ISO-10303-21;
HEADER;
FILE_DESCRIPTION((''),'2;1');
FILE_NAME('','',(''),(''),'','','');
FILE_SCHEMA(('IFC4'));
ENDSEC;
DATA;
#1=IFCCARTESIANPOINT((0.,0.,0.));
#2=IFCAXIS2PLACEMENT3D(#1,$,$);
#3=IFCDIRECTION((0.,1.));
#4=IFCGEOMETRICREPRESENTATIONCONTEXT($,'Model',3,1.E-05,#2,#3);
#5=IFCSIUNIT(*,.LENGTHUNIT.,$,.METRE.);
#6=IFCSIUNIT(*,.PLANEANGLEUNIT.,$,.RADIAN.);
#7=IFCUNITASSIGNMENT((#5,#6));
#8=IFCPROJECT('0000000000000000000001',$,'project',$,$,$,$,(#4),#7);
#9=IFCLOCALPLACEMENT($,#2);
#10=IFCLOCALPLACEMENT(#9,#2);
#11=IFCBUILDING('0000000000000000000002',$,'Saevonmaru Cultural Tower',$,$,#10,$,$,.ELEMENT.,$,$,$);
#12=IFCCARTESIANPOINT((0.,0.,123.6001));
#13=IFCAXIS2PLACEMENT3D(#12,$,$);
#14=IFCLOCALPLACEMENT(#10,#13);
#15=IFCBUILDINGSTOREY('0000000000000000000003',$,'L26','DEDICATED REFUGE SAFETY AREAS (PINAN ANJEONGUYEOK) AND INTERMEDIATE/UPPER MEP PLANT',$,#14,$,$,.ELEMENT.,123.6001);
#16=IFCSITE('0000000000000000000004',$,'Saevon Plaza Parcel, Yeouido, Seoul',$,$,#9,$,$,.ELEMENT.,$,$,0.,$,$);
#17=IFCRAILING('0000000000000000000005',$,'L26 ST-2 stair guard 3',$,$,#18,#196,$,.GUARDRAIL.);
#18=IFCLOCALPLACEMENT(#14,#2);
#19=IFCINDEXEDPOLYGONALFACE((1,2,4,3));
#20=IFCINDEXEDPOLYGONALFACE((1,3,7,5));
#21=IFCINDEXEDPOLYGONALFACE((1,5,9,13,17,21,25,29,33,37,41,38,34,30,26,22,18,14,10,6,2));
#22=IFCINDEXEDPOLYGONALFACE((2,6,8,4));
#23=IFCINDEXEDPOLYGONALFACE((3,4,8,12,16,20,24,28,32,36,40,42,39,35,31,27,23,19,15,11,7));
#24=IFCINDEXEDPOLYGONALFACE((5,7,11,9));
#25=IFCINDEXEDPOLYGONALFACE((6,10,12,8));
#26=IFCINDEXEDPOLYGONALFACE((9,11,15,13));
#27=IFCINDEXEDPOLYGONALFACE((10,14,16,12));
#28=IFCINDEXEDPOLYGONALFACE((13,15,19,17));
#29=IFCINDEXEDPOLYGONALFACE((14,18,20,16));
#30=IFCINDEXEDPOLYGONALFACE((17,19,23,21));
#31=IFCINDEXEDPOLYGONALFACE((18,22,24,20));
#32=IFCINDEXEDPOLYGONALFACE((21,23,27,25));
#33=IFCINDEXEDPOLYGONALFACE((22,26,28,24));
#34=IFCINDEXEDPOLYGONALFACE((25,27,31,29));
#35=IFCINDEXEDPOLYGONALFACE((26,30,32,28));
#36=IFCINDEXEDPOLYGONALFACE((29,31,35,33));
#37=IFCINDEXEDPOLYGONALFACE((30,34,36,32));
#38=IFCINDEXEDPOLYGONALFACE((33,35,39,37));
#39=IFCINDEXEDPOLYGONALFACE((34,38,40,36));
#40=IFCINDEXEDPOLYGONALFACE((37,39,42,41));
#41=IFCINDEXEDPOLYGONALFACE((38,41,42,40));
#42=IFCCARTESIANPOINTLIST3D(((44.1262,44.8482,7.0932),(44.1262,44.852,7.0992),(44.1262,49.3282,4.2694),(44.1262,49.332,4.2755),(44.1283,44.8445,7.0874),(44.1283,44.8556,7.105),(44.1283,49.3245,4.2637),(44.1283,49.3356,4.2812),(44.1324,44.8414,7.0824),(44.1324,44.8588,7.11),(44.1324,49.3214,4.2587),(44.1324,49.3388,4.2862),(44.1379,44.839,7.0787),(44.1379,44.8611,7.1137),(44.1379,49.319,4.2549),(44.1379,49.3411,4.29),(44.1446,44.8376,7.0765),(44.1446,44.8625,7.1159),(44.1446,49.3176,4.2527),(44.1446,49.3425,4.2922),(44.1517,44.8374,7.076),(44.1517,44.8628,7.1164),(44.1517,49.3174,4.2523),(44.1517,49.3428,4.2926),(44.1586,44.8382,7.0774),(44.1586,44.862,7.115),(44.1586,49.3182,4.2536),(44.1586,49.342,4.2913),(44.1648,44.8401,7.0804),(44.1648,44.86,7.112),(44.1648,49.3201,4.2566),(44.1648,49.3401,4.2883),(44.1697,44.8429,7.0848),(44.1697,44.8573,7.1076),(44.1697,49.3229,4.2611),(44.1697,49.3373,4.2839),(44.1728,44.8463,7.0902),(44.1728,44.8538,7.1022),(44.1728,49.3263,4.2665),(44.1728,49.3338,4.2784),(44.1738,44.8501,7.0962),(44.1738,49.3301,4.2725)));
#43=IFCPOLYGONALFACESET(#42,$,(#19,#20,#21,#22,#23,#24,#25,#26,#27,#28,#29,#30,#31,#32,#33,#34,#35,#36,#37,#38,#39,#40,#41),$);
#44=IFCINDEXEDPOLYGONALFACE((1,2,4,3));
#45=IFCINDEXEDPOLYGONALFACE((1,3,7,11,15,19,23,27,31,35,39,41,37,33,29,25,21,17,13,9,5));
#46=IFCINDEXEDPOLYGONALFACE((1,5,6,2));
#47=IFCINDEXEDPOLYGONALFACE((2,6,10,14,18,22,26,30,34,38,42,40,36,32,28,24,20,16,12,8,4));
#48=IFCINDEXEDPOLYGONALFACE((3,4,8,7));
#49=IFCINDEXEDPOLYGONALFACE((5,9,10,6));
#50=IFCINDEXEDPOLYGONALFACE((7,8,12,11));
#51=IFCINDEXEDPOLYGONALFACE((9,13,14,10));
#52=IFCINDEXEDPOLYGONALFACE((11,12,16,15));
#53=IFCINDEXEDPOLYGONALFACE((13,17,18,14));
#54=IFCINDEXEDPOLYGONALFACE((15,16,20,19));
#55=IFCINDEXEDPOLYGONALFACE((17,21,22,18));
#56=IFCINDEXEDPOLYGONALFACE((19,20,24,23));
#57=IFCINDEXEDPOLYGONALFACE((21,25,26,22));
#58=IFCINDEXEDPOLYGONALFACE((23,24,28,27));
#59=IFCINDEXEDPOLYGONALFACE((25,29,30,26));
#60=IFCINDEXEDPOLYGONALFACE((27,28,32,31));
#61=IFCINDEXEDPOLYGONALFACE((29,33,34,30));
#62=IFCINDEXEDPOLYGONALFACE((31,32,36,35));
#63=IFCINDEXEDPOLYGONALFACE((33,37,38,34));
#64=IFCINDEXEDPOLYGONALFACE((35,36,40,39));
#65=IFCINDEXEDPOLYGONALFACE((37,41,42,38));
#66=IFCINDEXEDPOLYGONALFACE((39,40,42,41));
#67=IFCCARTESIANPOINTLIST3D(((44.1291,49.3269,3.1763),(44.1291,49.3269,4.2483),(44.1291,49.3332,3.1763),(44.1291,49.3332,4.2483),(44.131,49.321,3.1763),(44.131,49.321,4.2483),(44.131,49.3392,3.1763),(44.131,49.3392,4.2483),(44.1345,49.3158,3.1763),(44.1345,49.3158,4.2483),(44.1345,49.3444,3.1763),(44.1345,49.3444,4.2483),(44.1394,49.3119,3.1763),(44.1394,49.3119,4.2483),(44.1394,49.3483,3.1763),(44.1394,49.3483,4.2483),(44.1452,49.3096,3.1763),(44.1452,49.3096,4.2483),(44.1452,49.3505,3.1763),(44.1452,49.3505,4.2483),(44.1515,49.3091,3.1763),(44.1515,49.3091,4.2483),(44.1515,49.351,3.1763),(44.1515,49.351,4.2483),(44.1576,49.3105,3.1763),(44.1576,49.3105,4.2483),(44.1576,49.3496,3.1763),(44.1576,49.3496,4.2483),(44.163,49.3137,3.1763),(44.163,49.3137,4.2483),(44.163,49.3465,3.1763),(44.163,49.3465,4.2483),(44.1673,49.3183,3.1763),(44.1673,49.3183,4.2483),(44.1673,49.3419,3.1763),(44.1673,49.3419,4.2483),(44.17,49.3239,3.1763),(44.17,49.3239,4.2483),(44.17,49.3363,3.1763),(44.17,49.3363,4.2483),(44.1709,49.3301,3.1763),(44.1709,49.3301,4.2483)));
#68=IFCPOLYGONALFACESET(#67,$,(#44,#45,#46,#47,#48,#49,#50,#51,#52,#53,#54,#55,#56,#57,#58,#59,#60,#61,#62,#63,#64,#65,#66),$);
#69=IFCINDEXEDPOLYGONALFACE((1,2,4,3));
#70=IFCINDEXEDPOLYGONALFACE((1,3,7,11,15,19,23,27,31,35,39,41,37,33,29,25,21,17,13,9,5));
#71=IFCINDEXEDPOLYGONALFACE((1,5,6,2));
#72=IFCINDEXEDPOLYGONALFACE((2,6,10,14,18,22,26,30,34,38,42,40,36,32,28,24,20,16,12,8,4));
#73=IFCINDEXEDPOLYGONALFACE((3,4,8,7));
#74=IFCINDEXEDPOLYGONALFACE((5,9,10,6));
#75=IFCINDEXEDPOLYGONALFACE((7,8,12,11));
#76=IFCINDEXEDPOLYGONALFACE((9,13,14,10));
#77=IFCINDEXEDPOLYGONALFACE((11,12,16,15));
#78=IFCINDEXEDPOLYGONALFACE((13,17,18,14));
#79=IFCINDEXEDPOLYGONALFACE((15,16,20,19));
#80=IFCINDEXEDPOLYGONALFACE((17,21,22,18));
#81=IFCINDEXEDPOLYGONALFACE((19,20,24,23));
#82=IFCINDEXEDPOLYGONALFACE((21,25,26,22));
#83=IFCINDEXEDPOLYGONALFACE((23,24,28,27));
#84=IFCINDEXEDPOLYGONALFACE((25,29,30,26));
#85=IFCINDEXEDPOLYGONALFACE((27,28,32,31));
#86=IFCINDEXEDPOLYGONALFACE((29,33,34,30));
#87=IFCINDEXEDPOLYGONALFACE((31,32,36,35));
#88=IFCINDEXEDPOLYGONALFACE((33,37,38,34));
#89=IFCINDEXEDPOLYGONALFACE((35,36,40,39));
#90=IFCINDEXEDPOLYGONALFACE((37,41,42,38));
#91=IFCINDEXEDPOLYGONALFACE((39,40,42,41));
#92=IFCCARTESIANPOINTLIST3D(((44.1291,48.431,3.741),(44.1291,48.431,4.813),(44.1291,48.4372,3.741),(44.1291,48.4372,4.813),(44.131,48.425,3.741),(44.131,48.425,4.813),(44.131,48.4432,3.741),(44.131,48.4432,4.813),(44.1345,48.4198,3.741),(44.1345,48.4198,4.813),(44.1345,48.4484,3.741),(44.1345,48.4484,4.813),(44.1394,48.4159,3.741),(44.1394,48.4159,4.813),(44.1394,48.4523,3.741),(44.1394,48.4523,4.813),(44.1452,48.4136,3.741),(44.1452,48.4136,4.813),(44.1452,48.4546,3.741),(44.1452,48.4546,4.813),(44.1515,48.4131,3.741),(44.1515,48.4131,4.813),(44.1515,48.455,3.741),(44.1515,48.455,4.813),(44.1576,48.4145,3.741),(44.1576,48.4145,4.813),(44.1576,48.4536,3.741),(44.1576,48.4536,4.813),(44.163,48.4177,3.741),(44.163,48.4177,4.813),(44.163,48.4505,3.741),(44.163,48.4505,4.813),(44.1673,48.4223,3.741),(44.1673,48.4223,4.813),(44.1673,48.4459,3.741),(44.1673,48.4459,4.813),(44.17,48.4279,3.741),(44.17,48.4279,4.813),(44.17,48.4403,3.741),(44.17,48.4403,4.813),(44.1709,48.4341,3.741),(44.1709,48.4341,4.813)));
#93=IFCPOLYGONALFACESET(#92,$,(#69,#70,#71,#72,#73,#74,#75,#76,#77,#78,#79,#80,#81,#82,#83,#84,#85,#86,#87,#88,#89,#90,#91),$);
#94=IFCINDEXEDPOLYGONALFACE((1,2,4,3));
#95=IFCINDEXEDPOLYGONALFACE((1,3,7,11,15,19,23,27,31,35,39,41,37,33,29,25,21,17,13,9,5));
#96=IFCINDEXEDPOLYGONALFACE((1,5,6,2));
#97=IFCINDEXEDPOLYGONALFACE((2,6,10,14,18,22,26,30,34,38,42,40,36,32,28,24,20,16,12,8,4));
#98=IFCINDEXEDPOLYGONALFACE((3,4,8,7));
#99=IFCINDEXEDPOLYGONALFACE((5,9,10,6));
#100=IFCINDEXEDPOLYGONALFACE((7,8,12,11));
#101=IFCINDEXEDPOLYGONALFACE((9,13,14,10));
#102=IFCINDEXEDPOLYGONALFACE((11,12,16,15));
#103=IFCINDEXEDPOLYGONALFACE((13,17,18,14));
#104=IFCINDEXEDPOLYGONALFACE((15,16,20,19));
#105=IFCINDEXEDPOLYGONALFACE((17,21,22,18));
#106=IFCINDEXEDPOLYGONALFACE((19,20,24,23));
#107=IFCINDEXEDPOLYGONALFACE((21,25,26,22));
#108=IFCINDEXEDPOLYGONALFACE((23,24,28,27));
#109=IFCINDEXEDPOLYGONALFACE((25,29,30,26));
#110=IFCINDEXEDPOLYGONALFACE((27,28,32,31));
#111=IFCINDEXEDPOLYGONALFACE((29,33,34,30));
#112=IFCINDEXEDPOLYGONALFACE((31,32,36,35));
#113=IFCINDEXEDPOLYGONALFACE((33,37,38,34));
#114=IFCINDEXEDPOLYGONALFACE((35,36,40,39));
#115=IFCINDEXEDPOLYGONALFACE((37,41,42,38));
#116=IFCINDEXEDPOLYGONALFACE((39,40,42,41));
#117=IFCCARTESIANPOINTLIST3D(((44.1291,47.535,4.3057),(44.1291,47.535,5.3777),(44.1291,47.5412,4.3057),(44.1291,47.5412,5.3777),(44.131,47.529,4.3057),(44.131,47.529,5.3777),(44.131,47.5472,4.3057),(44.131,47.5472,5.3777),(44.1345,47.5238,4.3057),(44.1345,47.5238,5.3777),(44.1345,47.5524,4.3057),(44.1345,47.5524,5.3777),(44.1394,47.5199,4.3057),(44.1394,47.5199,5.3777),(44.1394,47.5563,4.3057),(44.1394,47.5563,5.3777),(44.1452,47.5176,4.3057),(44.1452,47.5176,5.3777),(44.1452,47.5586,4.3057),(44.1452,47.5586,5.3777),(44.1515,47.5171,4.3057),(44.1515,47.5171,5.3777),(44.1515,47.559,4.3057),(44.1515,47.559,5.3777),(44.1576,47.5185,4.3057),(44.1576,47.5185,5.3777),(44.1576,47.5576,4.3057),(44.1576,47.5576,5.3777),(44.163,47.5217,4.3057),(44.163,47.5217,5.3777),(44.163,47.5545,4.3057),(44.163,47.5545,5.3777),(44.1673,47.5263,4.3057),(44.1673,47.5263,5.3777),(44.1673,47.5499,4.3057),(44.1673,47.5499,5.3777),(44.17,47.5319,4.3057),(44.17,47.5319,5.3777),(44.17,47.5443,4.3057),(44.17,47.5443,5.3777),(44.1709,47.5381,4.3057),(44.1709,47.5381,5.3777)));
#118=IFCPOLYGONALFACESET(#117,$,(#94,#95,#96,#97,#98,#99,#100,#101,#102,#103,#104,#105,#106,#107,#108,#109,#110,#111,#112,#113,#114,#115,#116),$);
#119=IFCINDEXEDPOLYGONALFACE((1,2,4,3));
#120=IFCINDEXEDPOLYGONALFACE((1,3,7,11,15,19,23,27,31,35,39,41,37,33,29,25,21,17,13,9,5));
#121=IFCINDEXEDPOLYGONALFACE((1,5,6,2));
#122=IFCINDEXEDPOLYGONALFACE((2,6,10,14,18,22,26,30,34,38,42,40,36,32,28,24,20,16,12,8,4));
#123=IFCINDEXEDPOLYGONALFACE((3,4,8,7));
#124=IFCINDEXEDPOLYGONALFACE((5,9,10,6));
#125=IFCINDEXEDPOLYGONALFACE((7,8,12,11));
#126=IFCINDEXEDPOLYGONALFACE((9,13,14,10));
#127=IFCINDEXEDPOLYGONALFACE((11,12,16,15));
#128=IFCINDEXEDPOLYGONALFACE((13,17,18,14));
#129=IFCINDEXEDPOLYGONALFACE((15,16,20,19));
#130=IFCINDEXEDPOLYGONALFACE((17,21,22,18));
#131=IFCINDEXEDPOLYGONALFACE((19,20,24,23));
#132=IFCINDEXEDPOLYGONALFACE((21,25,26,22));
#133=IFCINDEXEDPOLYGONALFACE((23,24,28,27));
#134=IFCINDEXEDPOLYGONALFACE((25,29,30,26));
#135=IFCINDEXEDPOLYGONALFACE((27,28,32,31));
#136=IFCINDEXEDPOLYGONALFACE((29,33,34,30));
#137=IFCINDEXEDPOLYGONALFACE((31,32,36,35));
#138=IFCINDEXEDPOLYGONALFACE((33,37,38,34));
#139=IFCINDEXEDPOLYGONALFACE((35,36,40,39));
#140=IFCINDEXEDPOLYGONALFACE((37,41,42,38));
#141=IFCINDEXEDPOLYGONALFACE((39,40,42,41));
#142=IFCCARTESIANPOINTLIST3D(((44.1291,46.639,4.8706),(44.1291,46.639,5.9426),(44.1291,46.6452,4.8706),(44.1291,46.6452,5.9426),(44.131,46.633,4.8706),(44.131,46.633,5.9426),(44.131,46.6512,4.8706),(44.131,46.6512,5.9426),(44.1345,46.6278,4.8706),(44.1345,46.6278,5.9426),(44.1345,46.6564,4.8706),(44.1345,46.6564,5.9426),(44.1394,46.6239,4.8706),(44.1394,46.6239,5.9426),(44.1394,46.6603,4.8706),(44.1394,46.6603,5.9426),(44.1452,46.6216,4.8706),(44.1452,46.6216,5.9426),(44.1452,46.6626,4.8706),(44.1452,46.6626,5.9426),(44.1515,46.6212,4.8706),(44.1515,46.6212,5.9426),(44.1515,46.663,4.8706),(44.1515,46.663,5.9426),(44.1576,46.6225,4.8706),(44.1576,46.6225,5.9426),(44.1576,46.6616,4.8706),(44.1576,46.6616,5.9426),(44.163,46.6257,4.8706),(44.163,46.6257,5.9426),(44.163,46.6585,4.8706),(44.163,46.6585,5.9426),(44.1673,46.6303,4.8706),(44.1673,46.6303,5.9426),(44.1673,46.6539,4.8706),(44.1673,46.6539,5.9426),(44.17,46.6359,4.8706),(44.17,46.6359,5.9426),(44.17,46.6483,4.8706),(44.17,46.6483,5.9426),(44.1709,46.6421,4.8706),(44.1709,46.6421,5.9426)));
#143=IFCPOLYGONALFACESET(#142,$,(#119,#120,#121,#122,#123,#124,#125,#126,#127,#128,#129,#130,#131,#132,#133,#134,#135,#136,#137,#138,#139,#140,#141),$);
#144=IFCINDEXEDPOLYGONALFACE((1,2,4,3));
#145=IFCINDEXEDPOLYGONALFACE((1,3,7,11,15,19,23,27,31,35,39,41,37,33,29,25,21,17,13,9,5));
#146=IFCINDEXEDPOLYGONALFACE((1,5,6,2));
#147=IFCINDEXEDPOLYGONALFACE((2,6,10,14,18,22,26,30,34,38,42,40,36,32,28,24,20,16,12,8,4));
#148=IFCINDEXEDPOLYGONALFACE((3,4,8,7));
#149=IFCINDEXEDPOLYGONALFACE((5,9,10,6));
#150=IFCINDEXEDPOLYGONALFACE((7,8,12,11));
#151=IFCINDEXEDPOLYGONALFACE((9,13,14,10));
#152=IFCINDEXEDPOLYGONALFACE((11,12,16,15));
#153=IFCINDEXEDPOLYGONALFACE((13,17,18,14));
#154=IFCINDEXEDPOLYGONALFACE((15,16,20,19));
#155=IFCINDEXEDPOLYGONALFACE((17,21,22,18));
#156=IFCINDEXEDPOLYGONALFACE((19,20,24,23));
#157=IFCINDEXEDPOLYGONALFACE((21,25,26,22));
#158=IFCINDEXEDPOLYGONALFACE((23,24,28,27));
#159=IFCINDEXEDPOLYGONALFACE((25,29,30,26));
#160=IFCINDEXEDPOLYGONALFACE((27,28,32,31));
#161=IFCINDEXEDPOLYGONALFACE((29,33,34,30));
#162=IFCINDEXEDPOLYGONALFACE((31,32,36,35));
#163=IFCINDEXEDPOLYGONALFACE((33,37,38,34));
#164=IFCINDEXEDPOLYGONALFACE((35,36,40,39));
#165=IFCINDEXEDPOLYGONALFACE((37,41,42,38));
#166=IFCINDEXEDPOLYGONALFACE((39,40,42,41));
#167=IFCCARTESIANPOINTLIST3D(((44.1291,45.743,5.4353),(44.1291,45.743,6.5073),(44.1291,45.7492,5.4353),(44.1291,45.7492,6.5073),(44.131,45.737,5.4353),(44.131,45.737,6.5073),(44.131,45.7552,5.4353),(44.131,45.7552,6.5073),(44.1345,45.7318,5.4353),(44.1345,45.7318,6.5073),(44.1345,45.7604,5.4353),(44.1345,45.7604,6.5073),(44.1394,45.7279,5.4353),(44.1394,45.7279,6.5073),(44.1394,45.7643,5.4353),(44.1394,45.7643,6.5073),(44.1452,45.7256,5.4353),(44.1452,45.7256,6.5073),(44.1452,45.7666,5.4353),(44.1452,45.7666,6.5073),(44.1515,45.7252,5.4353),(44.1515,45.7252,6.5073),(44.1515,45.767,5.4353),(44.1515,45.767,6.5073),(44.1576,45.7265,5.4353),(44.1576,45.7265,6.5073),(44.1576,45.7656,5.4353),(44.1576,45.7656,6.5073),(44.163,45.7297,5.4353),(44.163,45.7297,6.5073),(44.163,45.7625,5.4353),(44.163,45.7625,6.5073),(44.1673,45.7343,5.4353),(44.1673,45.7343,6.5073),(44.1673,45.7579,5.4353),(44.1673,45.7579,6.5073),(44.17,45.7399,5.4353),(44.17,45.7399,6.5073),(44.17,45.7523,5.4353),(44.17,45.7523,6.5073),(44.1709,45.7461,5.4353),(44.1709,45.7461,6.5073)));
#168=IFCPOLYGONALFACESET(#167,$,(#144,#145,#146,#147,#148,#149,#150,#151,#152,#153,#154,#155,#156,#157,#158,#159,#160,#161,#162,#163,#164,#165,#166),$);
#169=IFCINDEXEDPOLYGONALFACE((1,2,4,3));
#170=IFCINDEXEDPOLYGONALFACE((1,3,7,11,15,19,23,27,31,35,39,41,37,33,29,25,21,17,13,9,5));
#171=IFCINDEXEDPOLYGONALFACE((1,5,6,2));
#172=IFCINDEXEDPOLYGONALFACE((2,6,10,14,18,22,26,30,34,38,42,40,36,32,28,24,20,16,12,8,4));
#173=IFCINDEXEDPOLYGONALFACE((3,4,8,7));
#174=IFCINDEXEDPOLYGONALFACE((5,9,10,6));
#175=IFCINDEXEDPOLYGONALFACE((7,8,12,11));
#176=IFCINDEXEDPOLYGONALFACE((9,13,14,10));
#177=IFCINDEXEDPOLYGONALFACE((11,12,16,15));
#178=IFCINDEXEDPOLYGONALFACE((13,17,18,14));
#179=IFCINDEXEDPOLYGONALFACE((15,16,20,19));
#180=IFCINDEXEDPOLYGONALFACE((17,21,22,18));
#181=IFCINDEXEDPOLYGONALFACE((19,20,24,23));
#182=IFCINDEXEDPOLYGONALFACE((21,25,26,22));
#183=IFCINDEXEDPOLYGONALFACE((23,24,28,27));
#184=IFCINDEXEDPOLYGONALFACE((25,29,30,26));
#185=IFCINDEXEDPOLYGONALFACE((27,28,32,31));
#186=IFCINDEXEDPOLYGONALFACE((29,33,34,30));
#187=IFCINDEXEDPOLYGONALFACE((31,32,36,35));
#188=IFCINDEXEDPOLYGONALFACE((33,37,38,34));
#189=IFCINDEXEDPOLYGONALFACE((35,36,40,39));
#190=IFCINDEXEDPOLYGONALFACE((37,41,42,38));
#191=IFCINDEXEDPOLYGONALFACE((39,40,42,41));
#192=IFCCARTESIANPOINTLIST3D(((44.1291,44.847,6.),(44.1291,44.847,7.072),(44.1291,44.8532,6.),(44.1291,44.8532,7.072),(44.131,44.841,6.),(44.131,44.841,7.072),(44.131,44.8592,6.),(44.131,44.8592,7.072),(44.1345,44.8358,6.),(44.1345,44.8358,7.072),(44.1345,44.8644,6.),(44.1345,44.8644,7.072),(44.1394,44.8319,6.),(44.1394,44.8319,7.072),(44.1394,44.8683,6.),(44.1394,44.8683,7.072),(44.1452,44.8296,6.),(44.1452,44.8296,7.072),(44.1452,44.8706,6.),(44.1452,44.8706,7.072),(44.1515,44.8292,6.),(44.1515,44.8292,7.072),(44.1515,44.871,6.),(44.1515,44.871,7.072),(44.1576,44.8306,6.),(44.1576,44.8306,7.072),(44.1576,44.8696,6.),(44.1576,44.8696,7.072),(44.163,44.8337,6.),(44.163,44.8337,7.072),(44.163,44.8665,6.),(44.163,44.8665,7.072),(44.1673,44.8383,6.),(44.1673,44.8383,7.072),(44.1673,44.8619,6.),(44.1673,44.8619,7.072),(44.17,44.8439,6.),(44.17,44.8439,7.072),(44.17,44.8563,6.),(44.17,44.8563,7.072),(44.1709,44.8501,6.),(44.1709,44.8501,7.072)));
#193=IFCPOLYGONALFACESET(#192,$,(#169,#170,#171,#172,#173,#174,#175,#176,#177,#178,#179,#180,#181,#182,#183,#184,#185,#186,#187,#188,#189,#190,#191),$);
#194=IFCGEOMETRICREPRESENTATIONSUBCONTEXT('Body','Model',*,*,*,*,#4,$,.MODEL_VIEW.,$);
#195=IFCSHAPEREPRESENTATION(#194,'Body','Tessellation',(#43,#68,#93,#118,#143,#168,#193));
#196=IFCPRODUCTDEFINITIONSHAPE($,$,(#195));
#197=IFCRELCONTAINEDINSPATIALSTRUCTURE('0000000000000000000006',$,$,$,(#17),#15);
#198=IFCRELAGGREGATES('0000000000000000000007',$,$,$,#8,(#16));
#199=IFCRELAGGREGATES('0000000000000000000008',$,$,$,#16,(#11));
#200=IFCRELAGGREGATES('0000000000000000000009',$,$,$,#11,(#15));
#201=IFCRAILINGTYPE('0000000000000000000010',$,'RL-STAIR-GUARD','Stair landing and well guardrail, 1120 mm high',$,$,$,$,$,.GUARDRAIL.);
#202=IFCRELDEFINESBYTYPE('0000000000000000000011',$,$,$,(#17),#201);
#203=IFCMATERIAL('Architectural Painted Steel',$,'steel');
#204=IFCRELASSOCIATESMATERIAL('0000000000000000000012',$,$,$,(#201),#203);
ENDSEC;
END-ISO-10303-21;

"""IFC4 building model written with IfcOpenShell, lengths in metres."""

from ifc_helpers import new_model, si_unit, direction, frame, origin, origin_2d, place, context, subcontext, project, spatial, circle, extrude, material, type_object, element, save


model = new_model("IFC4")

# Units and contexts
model_context = context("Model", 3, precision=1e-05, world=origin(), true_north=direction((0.0, 1.0)))
body_context = subcontext(model_context, "Body", "Model", "MODEL_VIEW")
ifc_project = project(units=[si_unit("LENGTHUNIT", "METRE"), si_unit("PLANEANGLEUNIT", "RADIAN")], contexts=[model_context])

# Site, building, storey
site_placement = place(None, origin())
site = spatial("IfcSite", under=ifc_project, at=site_placement, Name="Saevon Plaza Parcel, Yeouido, Seoul", CompositionType="ELEMENT", RefElevation=0.0)
building_placement = place(site_placement, origin())
building = spatial("IfcBuilding", under=site, at=building_placement, Name="Saevonmaru Cultural Tower", CompositionType="ELEMENT")
storey_placement = place(building_placement, frame((0.0, 0.0, 123.6001)))
storey = spatial("IfcBuildingStorey", under=building, at=storey_placement, Name="L26", Description="DEDICATED REFUGE SAFETY AREAS (PINAN ANJEONGUYEOK) AND INTERMEDIATE/UPPER MEP PLANT", CompositionType="ELEMENT", Elevation=123.6001)

# Railing
ifc_material_1 = material(Name="Architectural Painted Steel", Category="steel")
railing_type_1 = type_object("IfcRailingType", Name="RL-STAIR-GUARD", Description="Stair landing and well guardrail, 1120 mm high", PredefinedType="GUARDRAIL", material=ifc_material_1)
railing_1_placement = place(storey_placement, frame((44.1499, 49.3301, 3.1763)))
element("IfcRailing", 1, at=railing_1_placement, inside=storey, type_object=railing_type_1, Name="L26 ST-2 stair guard 3", PredefinedType="GUARDRAIL", context=body_context, shape_type="SweptSolid", body=[
    extrude(circle(Radius=0.0239, at=origin_2d()), frame((0.0, 0.0, 1.0962), z_axis=(0.0, -0.845977, 0.533219), x_axis=(1.0, 0.0, 0.0)), (0.0, 0.0, 1.0), 5.2957),
    extrude(circle(Radius=0.021, at=origin_2d()), origin(), (0.0, 0.0, 1.0), 1.072),
    extrude(circle(Radius=0.021, at=origin_2d()), frame((0.0, -0.896, 0.5647)), (0.0, 0.0, 1.0), 1.072),
    extrude(circle(Radius=0.021, at=origin_2d()), frame((0.0, -1.792, 1.1294)), (0.0, 0.0, 1.0), 1.072),
    extrude(circle(Radius=0.021, at=origin_2d()), frame((0.0, -2.688, 1.6943)), (0.0, 0.0, 1.0), 1.072),
    extrude(circle(Radius=0.021, at=origin_2d()), frame((0.0, -3.584, 2.259)), (0.0, 0.0, 1.0), 1.072),
    extrude(circle(Radius=0.021, at=origin_2d()), frame((0.0, -4.48, 2.8237)), (0.0, 0.0, 1.0), 1.072),
])

save(model, "model.ifc")
